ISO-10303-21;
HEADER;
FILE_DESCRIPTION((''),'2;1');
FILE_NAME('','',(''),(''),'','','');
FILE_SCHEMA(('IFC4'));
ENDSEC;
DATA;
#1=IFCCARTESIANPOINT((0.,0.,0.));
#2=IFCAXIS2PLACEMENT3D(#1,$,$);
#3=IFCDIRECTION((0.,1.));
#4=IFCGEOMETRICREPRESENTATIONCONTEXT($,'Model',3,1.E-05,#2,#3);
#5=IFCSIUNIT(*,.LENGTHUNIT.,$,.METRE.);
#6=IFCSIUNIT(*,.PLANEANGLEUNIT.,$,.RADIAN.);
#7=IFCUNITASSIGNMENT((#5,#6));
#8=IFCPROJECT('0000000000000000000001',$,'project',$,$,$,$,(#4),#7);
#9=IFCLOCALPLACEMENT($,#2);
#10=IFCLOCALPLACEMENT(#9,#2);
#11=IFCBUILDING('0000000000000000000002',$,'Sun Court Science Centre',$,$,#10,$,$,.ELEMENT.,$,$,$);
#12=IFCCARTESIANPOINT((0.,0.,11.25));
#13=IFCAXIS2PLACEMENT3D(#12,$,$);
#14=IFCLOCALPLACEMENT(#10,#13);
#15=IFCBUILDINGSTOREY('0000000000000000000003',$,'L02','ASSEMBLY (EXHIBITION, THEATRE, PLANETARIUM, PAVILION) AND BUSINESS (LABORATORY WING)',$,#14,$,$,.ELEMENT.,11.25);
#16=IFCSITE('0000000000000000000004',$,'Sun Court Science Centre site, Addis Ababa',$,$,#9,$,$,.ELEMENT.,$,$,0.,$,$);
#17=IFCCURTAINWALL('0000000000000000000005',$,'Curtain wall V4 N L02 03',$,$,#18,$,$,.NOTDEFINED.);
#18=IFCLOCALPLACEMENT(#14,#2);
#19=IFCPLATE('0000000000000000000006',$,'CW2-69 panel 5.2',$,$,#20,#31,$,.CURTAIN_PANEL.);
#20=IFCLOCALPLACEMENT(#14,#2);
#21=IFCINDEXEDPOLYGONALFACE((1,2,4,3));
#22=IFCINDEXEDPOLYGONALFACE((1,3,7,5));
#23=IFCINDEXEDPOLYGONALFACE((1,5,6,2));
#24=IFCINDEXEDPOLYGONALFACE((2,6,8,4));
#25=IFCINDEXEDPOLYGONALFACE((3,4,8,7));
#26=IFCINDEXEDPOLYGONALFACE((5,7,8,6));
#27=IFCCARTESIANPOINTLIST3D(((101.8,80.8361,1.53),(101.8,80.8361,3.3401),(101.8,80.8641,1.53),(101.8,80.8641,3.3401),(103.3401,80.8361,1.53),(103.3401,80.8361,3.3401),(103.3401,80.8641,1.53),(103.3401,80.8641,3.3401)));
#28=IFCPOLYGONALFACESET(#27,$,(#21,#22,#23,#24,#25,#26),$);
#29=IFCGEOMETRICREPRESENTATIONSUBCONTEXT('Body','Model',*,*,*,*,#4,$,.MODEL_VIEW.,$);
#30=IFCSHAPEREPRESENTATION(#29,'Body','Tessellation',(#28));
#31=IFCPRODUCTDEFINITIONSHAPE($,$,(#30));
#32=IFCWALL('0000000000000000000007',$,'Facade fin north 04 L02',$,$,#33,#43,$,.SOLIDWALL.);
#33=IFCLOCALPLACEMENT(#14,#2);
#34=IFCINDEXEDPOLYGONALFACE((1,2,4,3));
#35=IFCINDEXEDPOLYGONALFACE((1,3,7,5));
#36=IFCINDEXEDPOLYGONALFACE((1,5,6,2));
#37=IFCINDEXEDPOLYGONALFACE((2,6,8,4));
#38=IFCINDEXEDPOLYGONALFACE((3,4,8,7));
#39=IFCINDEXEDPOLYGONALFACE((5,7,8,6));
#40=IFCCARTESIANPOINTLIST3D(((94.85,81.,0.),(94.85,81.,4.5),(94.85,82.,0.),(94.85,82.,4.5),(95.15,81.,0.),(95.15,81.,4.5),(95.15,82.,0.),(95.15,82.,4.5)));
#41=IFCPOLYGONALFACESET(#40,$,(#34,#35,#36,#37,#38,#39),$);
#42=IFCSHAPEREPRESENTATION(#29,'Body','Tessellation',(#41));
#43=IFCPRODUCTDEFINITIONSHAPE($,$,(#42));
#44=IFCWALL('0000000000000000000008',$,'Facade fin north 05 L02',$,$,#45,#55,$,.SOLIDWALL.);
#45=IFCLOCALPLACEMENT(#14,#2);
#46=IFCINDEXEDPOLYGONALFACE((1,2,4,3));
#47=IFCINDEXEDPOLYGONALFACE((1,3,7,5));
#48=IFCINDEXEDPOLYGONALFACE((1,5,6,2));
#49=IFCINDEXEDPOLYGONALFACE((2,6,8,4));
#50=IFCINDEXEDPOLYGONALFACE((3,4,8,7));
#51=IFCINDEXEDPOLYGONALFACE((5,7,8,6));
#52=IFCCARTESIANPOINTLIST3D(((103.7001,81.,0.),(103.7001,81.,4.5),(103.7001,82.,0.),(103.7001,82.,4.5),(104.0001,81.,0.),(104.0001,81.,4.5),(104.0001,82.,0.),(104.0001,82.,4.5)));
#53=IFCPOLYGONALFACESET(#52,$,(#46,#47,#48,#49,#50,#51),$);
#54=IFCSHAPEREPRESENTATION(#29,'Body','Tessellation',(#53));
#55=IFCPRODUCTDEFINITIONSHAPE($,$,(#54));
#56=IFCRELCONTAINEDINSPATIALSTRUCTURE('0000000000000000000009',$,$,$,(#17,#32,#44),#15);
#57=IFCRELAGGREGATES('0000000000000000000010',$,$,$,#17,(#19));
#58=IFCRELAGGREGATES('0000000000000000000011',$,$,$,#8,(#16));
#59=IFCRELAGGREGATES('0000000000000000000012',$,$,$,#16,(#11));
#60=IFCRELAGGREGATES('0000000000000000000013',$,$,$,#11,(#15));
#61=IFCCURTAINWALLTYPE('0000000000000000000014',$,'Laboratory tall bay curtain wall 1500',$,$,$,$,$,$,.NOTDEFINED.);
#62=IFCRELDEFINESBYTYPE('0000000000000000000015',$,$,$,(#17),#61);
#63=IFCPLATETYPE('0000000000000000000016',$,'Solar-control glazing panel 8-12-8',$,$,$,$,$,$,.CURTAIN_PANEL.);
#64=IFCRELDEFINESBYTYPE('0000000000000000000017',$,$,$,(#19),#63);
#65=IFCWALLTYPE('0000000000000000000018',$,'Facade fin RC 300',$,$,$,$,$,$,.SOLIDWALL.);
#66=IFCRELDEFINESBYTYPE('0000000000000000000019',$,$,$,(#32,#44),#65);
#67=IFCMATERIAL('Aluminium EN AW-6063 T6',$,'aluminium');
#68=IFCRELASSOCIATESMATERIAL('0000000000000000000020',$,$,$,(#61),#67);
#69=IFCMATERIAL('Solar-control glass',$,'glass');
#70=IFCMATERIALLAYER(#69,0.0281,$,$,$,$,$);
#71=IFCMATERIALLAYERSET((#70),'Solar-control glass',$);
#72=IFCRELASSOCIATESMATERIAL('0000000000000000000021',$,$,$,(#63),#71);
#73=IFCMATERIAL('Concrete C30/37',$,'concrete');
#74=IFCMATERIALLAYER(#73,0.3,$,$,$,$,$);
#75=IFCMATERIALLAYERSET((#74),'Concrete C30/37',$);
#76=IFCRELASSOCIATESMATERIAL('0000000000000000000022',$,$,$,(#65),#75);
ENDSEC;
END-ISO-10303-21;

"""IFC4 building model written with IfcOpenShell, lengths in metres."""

from ifc_helpers import new_model, si_unit, direction, frame, frame_2d, origin, origin_2d, place, context, subcontext, project, spatial, rectangle, extrude, material, layer, layer_set, type_object, element, aggregate, save


model = new_model("IFC4")

# Units and contexts
model_context = context("Model", 3, precision=1e-05, world=origin(), true_north=direction((0.0, 1.0)))
body_context = subcontext(model_context, "Body", "Model", "MODEL_VIEW")
ifc_project = project(units=[si_unit("LENGTHUNIT", "METRE"), si_unit("PLANEANGLEUNIT", "RADIAN")], contexts=[model_context])

# Site, building, storey
site_placement = place(None, origin())
site = spatial("IfcSite", under=ifc_project, at=site_placement, Name="Sun Court Science Centre site, Addis Ababa", CompositionType="ELEMENT", RefElevation=0.0)
building_placement = place(site_placement, origin())
building = spatial("IfcBuilding", under=site, at=building_placement, Name="Sun Court Science Centre", CompositionType="ELEMENT")
storey_placement = place(building_placement, frame((0.0, 0.0, 11.25)))
storey = spatial("IfcBuildingStorey", under=building, at=storey_placement, Name="L02", Description="ASSEMBLY (EXHIBITION, THEATRE, PLANETARIUM, PAVILION) AND BUSINESS (LABORATORY WING)", CompositionType="ELEMENT", Elevation=11.25)

# Curtain wall, plate
ifc_material_1 = material(Name="Aluminium EN AW-6063 T6", Category="aluminium")
curtain_wall_type = type_object("IfcCurtainWallType", Name="Laboratory tall bay curtain wall 1500", PredefinedType="NOTDEFINED", material=ifc_material_1)
curtain_wall_placement = place(storey_placement, origin())
curtain_wall = element("IfcCurtainWall", 1, at=curtain_wall_placement, inside=storey, type_object=curtain_wall_type, Name="Curtain wall V4 N L02 03", PredefinedType="NOTDEFINED")
ifc_material_2 = material(Name="Solar-control glass", Category="glass")
ifc_layer_1 = layer(ifc_material_2, 0.0281)
ifc_layer_set_1 = layer_set([ifc_layer_1], Name="Solar-control glass")
plate_type = type_object("IfcPlateType", Name="Solar-control glazing panel 8-12-8", PredefinedType="CURTAIN_PANEL", material=ifc_layer_set_1)
plate_1_placement = place(storey_placement, frame((102.5701, 80.8501, 1.53), z_axis=(0.0, 0.0, 1.0), x_axis=(1.0, 0.0, 0.0)))
plate_1 = element("IfcPlate", 2, at=plate_1_placement, type_object=plate_type, Name="CW2-69 panel 5.2", PredefinedType="CURTAIN_PANEL", context=body_context, shape_type="SweptSolid", body=[
    extrude(rectangle(XDim=1.54, YDim=0.0281, at=origin_2d()), origin(), (0.0, 0.0, 1.0), 1.8101),
])
aggregate(curtain_wall, [plate_1])

# Walls
ifc_material_3 = material(Name="Concrete C30/37", Category="concrete")
ifc_layer_2 = layer(ifc_material_3, 0.3)
ifc_layer_set_2 = layer_set([ifc_layer_2], Name="Concrete C30/37")
wall_type = type_object("IfcWallType", Name="Facade fin RC 300", PredefinedType="SOLIDWALL", material=ifc_layer_set_2)
for number, where, z_axis, x_axis, name in (
    (3, (95.0, 81.0, 0.0), (0.0, 0.0, 1.0), (0.0, 1.0, 0.0), "Facade fin north 04 L02"),
    (4, (103.8501, 81.0, 0.0), (0.0, 0.0, 1.0), (0.0, 1.0, 0.0), "Facade fin north 05 L02"),
):
    element("IfcWall", number, at=place(storey_placement, frame(where, z_axis=z_axis, x_axis=x_axis)), inside=storey, type_object=wall_type, Name=name, PredefinedType="SOLIDWALL", context=body_context, shape_type="SweptSolid", body=[
        extrude(rectangle(XDim=1.0, YDim=0.3, at=frame_2d((0.5, 0.0))), origin(), (0.0, 0.0, 1.0), 4.5),
    ])

save(model, "model.ifc")
